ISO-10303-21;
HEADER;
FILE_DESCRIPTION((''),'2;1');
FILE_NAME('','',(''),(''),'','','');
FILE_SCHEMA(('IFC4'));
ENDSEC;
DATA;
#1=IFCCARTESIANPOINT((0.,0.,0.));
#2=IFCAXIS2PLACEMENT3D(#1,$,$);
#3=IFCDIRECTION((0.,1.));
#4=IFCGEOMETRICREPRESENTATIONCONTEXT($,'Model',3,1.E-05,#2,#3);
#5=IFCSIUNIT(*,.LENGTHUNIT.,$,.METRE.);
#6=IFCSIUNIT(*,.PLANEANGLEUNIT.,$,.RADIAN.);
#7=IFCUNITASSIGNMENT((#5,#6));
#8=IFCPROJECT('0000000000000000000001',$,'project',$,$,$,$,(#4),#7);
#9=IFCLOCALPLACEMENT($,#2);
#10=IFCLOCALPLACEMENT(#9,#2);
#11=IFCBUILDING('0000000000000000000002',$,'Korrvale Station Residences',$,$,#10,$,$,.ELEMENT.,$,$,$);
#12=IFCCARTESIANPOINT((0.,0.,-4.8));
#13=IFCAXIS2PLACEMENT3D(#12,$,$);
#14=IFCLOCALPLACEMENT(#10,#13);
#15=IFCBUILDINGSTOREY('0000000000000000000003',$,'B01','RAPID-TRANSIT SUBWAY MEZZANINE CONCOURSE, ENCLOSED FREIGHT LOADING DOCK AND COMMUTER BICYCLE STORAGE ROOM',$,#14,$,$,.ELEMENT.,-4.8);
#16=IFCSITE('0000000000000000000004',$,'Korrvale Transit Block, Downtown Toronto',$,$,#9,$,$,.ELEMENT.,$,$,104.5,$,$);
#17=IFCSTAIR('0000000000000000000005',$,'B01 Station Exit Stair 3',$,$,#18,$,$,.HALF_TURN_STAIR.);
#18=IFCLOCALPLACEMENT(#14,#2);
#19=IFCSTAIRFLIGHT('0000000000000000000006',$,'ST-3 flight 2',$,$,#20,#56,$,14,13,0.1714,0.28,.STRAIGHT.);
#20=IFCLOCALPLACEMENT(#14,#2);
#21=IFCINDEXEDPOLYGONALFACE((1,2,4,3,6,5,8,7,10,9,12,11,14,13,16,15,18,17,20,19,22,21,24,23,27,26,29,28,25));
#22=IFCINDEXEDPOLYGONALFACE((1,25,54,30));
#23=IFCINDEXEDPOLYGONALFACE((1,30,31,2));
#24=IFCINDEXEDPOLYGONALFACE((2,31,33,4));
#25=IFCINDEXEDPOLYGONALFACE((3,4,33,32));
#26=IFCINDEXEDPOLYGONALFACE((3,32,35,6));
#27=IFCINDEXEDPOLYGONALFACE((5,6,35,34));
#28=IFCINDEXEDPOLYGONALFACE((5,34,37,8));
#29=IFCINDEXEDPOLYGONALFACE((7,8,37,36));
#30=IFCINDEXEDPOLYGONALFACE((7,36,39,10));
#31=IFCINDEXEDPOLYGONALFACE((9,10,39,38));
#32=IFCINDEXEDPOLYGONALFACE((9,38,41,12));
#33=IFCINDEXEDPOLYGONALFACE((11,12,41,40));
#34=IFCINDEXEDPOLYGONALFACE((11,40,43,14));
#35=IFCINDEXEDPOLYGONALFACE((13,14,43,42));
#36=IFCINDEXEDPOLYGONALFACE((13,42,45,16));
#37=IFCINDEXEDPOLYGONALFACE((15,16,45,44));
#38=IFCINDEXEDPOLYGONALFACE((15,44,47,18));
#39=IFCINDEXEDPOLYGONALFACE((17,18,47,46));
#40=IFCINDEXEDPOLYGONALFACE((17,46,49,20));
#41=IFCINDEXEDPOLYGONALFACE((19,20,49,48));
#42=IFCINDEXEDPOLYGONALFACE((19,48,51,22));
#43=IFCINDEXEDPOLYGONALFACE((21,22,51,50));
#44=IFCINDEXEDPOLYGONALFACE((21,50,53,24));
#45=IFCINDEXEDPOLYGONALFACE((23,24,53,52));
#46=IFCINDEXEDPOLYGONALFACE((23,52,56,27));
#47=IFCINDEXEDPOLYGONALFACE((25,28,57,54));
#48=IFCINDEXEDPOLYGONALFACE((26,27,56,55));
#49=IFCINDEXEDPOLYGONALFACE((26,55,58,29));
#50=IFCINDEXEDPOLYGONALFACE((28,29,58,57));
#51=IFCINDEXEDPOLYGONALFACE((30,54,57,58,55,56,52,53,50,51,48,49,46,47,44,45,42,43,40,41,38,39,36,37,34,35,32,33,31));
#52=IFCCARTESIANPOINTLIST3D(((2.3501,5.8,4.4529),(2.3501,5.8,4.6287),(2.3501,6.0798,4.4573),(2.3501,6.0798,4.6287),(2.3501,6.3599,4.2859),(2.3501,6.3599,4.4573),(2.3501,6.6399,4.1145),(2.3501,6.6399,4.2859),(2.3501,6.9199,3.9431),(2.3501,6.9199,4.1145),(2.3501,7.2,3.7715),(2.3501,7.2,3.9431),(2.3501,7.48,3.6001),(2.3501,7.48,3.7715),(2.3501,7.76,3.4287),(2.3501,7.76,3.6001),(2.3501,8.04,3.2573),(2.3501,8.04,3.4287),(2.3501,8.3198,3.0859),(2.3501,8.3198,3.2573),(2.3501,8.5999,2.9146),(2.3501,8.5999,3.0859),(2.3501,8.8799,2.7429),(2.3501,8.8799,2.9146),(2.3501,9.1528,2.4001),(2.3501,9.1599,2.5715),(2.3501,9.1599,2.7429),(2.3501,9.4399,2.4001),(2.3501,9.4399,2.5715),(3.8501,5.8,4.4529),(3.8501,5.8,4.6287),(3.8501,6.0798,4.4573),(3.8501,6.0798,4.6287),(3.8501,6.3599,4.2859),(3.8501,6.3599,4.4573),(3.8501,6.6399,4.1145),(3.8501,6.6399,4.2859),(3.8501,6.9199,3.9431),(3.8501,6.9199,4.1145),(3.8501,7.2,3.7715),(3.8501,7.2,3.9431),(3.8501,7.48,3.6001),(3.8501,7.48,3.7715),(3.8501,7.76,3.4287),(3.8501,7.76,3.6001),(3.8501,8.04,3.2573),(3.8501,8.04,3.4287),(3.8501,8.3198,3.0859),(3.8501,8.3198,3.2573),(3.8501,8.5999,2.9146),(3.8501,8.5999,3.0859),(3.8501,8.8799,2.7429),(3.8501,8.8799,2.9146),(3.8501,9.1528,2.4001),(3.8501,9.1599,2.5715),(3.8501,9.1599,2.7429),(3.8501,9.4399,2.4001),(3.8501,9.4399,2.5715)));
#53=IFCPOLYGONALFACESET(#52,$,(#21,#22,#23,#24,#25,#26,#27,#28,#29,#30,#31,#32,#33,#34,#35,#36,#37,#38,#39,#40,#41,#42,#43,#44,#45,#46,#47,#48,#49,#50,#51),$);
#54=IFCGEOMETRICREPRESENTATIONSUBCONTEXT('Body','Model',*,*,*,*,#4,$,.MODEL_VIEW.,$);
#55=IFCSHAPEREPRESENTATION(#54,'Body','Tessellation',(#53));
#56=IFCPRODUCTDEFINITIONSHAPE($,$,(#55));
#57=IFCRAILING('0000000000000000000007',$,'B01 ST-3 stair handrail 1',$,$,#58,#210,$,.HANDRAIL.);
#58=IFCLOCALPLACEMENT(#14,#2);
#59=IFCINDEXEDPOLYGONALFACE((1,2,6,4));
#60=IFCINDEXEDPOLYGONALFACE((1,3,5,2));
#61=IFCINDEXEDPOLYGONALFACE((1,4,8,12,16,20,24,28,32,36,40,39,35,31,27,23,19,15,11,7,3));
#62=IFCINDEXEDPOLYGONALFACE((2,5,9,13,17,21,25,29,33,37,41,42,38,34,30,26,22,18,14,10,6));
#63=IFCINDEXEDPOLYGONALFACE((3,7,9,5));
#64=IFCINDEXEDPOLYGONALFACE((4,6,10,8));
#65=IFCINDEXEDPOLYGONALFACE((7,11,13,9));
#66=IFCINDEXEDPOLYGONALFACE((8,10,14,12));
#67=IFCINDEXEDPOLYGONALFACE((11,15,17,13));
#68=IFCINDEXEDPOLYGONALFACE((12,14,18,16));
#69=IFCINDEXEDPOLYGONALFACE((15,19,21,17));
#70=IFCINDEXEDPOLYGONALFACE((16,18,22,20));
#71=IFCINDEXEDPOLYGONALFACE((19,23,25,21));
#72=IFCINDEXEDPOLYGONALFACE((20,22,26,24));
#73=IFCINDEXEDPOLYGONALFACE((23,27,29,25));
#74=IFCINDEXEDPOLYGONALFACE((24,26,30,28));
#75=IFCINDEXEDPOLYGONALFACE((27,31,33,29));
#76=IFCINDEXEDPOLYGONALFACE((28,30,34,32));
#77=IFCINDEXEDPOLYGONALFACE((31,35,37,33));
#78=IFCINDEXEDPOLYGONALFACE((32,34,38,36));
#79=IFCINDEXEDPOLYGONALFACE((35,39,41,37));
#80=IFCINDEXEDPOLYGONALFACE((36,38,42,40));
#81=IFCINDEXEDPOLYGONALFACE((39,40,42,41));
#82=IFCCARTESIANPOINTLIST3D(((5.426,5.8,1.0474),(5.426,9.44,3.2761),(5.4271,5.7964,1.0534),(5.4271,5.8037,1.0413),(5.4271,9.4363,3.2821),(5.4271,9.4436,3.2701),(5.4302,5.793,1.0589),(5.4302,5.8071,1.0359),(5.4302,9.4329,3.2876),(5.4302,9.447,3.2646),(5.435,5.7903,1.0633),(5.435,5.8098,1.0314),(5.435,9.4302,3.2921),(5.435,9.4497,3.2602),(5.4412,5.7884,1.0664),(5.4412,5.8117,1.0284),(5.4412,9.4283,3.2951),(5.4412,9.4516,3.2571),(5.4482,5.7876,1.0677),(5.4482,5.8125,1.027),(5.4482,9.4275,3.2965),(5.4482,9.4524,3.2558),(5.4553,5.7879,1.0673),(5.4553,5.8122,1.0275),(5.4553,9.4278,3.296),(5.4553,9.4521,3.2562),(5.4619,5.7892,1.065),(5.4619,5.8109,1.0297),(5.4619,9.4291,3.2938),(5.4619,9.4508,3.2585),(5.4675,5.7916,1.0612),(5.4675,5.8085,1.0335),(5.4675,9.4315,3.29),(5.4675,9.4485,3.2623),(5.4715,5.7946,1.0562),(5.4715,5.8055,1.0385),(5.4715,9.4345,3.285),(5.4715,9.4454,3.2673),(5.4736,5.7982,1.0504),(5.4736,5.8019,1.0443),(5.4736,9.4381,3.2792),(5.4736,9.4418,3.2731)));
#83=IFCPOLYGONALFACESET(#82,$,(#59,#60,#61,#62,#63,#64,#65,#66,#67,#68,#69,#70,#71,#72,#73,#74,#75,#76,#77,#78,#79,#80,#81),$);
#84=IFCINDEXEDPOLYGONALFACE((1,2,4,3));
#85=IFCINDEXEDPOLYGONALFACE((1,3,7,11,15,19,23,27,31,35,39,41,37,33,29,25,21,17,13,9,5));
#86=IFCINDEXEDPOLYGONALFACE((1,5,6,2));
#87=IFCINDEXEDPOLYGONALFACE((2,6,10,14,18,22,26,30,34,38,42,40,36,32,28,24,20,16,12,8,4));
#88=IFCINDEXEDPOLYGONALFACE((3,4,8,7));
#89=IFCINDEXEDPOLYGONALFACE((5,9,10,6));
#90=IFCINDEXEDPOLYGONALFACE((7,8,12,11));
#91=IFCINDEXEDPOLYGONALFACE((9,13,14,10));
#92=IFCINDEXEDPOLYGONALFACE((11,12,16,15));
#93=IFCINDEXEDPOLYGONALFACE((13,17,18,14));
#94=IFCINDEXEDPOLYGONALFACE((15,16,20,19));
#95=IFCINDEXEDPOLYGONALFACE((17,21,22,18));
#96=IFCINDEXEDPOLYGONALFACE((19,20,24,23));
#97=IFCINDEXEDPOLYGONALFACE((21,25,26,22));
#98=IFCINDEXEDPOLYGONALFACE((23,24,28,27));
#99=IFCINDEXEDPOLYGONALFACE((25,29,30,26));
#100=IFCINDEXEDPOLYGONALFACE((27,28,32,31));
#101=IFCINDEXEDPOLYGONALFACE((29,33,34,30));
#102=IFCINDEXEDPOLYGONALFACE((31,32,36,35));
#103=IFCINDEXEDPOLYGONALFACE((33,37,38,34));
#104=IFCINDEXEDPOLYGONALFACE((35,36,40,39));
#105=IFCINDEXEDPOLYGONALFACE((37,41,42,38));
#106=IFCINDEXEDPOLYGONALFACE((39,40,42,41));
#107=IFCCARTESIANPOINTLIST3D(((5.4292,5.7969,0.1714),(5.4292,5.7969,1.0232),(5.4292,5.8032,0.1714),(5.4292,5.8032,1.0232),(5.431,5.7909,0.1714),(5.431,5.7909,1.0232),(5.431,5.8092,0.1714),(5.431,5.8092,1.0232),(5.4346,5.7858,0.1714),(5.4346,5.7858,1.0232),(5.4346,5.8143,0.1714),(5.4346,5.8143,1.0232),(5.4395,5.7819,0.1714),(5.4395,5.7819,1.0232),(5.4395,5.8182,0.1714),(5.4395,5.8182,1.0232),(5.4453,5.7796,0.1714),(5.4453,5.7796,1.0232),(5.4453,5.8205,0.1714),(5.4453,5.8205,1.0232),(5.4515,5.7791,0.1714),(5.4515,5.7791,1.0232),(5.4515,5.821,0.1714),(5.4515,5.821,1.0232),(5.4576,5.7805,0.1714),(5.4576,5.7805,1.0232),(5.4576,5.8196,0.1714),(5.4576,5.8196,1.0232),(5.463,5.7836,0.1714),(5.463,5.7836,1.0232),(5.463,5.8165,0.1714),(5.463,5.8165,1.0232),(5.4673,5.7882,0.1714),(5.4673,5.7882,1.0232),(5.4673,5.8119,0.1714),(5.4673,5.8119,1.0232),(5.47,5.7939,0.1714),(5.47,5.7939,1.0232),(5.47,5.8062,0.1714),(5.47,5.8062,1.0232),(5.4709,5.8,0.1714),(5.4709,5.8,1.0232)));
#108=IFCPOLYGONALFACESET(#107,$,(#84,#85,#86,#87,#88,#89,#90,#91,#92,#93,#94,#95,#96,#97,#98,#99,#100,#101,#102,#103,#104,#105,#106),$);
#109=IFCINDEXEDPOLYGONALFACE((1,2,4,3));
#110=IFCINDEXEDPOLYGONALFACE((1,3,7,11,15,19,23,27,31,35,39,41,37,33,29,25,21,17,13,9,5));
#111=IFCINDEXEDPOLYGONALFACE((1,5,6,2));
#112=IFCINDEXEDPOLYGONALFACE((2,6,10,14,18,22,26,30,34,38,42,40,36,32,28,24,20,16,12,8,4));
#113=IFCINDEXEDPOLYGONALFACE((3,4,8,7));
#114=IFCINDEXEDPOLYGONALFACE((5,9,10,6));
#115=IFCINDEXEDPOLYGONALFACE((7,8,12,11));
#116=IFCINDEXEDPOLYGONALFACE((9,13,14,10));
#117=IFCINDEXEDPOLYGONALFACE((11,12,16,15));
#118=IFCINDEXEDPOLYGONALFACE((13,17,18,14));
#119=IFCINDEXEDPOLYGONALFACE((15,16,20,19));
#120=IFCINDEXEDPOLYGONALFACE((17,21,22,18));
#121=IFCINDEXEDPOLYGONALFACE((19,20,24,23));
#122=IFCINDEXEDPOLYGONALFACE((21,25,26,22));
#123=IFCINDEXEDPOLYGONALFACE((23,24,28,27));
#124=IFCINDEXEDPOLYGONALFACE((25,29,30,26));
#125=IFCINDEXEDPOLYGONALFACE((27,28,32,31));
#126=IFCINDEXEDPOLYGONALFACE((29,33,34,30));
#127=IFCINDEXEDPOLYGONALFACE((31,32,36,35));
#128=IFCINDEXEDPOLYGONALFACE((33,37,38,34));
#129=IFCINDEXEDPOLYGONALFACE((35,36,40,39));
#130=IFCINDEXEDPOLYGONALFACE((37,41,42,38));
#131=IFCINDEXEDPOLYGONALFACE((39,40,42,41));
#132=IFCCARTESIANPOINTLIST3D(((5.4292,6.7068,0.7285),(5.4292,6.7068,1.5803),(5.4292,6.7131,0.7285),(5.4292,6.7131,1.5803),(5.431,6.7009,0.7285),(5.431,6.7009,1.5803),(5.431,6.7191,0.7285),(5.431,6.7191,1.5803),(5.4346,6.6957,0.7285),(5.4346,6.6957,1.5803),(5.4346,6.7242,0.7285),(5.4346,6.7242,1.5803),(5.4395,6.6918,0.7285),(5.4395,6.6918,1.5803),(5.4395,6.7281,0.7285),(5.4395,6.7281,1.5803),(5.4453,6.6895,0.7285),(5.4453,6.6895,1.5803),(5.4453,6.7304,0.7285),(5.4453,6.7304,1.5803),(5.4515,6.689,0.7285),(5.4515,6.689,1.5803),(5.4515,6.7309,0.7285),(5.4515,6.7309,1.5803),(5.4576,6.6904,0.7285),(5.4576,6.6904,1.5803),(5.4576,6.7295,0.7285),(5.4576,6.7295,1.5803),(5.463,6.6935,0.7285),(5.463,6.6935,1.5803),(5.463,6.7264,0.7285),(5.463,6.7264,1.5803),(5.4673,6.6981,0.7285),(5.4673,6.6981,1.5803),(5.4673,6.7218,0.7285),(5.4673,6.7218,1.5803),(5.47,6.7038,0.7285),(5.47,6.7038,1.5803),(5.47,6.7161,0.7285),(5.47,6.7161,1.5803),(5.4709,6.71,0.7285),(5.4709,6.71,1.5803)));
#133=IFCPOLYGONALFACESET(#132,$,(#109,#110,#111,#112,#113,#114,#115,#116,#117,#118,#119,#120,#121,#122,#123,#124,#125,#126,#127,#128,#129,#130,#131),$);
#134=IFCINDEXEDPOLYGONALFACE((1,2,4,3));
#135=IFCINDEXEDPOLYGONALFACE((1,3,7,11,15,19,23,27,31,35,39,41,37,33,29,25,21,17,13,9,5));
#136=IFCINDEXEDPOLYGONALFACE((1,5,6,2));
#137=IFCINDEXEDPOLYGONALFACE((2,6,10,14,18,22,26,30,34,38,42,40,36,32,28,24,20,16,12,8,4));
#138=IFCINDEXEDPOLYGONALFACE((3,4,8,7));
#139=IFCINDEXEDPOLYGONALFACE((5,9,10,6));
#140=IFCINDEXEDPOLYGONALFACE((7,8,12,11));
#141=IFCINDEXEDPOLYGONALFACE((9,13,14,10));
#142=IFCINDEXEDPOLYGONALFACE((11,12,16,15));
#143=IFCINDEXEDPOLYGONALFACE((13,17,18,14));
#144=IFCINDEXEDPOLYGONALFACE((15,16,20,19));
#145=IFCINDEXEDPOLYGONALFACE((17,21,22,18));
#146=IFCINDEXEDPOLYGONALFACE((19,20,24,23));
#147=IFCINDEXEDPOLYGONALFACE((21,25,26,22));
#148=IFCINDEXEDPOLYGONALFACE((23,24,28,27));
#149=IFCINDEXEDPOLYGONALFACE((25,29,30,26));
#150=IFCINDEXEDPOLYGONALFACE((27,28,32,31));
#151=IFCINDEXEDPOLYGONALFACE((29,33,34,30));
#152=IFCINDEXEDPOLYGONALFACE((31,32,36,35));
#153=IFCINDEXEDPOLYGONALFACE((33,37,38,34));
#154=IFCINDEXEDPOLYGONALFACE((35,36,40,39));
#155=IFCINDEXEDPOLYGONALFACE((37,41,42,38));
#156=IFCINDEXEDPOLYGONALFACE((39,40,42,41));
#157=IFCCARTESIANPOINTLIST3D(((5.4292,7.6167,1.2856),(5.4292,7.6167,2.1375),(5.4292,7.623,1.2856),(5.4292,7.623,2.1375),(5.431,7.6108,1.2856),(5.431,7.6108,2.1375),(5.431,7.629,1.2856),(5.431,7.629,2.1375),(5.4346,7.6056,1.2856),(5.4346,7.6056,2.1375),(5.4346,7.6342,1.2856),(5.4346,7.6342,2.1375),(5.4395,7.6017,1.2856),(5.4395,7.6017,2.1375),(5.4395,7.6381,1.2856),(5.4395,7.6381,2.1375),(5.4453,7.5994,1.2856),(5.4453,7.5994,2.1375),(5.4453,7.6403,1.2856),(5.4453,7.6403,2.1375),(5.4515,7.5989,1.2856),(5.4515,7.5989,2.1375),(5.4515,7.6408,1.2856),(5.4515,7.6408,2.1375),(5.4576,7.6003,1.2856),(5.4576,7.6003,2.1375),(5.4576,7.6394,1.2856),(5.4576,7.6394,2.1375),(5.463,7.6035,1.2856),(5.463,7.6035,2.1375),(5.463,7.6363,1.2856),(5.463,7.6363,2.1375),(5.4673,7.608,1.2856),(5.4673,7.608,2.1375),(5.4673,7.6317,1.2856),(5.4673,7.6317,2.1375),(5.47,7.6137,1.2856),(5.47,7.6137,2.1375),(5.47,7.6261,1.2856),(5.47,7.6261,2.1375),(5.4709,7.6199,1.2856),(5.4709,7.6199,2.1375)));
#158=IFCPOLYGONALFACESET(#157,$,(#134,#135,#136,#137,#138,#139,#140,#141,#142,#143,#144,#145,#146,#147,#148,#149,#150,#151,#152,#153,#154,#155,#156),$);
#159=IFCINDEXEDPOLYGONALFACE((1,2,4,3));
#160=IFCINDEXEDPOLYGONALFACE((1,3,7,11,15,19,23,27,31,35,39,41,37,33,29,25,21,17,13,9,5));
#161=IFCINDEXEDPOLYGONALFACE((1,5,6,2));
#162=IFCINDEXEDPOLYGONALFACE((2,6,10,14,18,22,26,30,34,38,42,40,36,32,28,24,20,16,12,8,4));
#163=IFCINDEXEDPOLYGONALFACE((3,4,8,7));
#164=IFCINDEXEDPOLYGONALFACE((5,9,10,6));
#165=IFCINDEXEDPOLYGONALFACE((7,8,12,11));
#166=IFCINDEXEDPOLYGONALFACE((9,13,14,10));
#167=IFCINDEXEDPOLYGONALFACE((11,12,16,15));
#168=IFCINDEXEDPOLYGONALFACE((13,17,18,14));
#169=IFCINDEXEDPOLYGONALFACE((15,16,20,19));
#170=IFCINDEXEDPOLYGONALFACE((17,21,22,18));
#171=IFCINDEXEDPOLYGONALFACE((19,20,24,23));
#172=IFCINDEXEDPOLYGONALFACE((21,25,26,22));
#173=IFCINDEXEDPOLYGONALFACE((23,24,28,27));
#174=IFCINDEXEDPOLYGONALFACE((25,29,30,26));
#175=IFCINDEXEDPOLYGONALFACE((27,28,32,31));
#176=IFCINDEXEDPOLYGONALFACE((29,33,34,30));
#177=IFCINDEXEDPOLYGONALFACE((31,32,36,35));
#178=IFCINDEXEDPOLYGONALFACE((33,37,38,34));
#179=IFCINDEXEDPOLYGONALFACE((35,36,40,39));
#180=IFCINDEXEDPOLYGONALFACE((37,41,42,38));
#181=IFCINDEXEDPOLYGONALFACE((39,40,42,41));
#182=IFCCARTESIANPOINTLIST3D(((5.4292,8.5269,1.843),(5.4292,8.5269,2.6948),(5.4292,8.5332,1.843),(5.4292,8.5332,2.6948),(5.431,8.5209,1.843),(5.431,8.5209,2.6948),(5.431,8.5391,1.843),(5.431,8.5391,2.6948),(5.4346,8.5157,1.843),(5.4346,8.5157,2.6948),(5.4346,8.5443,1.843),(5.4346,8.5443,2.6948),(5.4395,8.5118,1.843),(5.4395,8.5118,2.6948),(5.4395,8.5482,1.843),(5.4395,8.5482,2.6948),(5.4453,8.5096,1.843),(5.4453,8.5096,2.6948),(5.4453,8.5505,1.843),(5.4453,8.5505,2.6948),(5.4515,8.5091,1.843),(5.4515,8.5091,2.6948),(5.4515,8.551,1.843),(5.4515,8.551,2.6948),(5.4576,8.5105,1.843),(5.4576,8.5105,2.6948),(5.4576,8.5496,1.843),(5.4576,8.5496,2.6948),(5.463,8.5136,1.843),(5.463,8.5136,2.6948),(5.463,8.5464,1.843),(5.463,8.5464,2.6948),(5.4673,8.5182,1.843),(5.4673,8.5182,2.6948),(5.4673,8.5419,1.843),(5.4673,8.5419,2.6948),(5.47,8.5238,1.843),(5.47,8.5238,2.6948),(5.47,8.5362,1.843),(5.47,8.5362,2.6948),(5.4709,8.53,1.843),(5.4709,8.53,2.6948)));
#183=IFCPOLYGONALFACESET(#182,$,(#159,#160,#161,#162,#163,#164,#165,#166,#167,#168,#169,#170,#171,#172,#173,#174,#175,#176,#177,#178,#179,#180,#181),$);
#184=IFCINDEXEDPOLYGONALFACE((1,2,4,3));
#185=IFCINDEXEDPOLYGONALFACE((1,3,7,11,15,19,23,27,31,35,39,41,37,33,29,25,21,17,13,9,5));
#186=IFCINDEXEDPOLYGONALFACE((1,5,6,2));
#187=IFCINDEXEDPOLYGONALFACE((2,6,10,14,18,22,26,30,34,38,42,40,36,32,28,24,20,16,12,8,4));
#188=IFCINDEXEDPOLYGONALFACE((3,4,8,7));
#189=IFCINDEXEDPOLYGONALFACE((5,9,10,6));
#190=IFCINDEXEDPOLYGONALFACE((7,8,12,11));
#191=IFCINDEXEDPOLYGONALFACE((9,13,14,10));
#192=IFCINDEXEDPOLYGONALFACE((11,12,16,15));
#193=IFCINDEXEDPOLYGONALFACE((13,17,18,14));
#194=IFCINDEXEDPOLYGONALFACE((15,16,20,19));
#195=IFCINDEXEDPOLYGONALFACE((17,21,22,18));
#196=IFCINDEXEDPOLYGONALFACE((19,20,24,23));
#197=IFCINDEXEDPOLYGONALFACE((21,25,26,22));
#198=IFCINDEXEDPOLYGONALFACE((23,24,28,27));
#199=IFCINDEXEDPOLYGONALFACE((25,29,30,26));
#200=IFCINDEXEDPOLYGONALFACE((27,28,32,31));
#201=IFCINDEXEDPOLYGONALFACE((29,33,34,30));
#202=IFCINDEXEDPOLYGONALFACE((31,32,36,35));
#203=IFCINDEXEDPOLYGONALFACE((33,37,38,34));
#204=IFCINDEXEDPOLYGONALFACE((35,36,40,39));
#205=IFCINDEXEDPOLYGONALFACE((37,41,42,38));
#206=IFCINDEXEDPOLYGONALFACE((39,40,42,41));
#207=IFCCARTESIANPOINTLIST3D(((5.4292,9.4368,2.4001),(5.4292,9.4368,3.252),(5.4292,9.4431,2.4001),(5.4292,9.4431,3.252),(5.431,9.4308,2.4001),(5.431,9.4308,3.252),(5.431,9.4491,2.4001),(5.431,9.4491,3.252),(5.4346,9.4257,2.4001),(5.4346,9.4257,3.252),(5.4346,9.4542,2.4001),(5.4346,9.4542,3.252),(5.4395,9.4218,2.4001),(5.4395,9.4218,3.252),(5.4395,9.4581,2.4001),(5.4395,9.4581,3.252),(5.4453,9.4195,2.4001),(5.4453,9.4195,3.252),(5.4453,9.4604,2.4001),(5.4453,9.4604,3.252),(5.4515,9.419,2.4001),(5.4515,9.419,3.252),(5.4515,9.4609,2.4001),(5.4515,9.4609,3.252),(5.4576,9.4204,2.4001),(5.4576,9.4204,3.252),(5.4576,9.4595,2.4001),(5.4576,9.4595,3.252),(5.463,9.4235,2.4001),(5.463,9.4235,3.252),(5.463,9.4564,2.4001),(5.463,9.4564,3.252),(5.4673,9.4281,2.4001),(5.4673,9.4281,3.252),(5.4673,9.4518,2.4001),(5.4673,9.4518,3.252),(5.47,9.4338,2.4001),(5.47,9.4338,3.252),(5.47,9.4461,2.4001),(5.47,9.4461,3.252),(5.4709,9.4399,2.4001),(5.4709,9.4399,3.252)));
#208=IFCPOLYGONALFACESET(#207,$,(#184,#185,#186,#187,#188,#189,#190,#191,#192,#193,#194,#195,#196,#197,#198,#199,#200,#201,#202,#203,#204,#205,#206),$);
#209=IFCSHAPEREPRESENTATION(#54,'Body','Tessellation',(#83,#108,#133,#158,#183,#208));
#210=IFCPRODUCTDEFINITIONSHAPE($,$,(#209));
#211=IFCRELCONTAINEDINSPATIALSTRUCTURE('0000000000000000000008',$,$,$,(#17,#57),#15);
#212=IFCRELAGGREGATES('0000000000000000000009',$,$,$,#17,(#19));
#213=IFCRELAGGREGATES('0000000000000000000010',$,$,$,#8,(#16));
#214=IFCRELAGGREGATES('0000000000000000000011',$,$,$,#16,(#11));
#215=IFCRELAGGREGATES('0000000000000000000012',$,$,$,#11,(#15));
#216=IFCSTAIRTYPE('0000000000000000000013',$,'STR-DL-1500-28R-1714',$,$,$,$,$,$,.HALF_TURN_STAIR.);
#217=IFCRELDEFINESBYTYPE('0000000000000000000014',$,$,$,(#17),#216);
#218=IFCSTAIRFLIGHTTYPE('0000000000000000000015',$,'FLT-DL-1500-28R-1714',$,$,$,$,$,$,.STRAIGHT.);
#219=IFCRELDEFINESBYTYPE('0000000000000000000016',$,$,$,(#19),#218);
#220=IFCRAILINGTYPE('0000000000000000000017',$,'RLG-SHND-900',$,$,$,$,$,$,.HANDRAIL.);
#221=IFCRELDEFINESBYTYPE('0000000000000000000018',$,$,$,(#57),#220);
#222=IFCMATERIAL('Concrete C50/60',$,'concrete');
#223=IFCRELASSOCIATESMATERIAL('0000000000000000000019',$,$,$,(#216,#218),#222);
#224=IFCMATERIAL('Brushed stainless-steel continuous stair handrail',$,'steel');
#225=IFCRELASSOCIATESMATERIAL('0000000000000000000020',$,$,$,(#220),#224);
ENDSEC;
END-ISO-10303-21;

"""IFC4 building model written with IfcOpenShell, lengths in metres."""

from ifc_helpers import new_model, si_unit, direction, frame, origin, origin_2d, place, context, subcontext, project, spatial, polyline, circle, outline, extrude, material, type_object, element, aggregate, save


model = new_model("IFC4")

# Units and contexts
model_context = context("Model", 3, precision=1e-05, world=origin(), true_north=direction((0.0, 1.0)))
body_context = subcontext(model_context, "Body", "Model", "MODEL_VIEW")
ifc_project = project(units=[si_unit("LENGTHUNIT", "METRE"), si_unit("PLANEANGLEUNIT", "RADIAN")], contexts=[model_context])

# Site, building, storey
site_placement = place(None, origin())
site = spatial("IfcSite", under=ifc_project, at=site_placement, Name="Korrvale Transit Block, Downtown Toronto", CompositionType="ELEMENT", RefElevation=104.5)
building_placement = place(site_placement, origin())
building = spatial("IfcBuilding", under=site, at=building_placement, Name="Korrvale Station Residences", CompositionType="ELEMENT")
storey_placement = place(building_placement, frame((0.0, 0.0, -4.8)))
storey = spatial("IfcBuildingStorey", under=building, at=storey_placement, Name="B01", Description="RAPID-TRANSIT SUBWAY MEZZANINE CONCOURSE, ENCLOSED FREIGHT LOADING DOCK AND COMMUTER BICYCLE STORAGE ROOM", CompositionType="ELEMENT", Elevation=-4.8)

# Shared definitions
ifc_material_1 = material(Name="Concrete C50/60", Category="concrete")

# Stair
stair_type_1 = type_object("IfcStairType", Name="STR-DL-1500-28R-1714", PredefinedType="HALF_TURN_STAIR", material=ifc_material_1)
stair_1_placement = place(storey_placement, origin())
stair_1 = element("IfcStair", 1, at=stair_1_placement, inside=storey, type_object=stair_type_1, Name="B01 Station Exit Stair 3", PredefinedType="HALF_TURN_STAIR")

# Stair flight
stair_flight_type = type_object("IfcStairFlightType", Name="FLT-DL-1500-28R-1714", PredefinedType="STRAIGHT", material=ifc_material_1)
stair_flight_1_placement = place(storey_placement, frame((3.1001, 9.4399, 2.4001), z_axis=(0.0, 0.0, 1.0), x_axis=(0.0, -1.0, 0.0)))
stair_flight_1 = element("IfcStairFlight", 2, at=stair_flight_1_placement, type_object=stair_flight_type, Name="ST-3 flight 2", NumberOfRisers=14, NumberOfTreads=13, PredefinedType="STRAIGHT", RiserHeight=0.1714, TreadLength=0.28, context=body_context, shape_type="SweptSolid", body=[
    extrude(outline(polyline([(0.0, 0.0), (0.0, 0.1714), (0.28, 0.1714), (0.28, 0.3428), (0.5601, 0.3428), (0.5601, 0.5144), (0.8401, 0.5144), (0.8401, 0.6858), (1.1201, 0.6858), (1.1201, 0.8572), (1.3999, 0.8572), (1.3999, 1.0286), (1.6799, 1.0286), (1.6799, 1.2), (1.96, 1.2), (1.96, 1.3713), (2.24, 1.3713), (2.24, 1.543), (2.52, 1.543), (2.52, 1.7144), (2.8, 1.7144), (2.8, 1.8857), (3.0801, 1.8857), (3.0801, 2.0571), (3.3601, 2.0571), (3.3601, 2.2285), (3.6399, 2.2285), (3.6399, 2.3999), (3.6399, 2.0527), (0.2871, 0.0), (0.0, 0.0)])), frame((0.0, 0.75, 0.0), z_axis=(0.0, -1.0, 0.0), x_axis=(1.0, 0.0, 0.0)), (0.0, 0.0, 1.0), 1.5),
])
aggregate(stair_1, [stair_flight_1])

# Railing
ifc_material_2 = material(Name="Brushed stainless-steel continuous stair handrail", Category="steel")
railing_type_1 = type_object("IfcRailingType", Name="RLG-SHND-900", PredefinedType="HANDRAIL", material=ifc_material_2)
railing_1_placement = place(storey_placement, frame((5.45, 5.8, 0.1714)))
element("IfcRailing", 3, at=railing_1_placement, inside=storey, type_object=railing_type_1, Name="B01 ST-3 stair handrail 1", PredefinedType="HANDRAIL", context=body_context, shape_type="SweptSolid", body=[
    extrude(circle(Radius=0.0239, at=origin_2d()), frame((0.0, 0.0, 0.876), z_axis=(0.0, 0.852825, 0.522197), x_axis=(-1.0, 0.0, 0.0)), (0.0, 0.0, 1.0), 4.2681),
    extrude(circle(Radius=0.021, at=origin_2d()), origin(), (0.0, 0.0, 1.0), 0.8518),
    extrude(circle(Radius=0.021, at=origin_2d()), frame((0.0, 0.9099, 0.5571)), (0.0, 0.0, 1.0), 0.8518),
    extrude(circle(Radius=0.021, at=origin_2d()), frame((0.0, 1.8198, 1.1143)), (0.0, 0.0, 1.0), 0.8518),
    extrude(circle(Radius=0.021, at=origin_2d()), frame((0.0, 2.73, 1.6716)), (0.0, 0.0, 1.0), 0.8518),
    extrude(circle(Radius=0.021, at=origin_2d()), frame((0.0, 3.6399, 2.2288)), (0.0, 0.0, 1.0), 0.8518),
])

save(model, "model.ifc")
